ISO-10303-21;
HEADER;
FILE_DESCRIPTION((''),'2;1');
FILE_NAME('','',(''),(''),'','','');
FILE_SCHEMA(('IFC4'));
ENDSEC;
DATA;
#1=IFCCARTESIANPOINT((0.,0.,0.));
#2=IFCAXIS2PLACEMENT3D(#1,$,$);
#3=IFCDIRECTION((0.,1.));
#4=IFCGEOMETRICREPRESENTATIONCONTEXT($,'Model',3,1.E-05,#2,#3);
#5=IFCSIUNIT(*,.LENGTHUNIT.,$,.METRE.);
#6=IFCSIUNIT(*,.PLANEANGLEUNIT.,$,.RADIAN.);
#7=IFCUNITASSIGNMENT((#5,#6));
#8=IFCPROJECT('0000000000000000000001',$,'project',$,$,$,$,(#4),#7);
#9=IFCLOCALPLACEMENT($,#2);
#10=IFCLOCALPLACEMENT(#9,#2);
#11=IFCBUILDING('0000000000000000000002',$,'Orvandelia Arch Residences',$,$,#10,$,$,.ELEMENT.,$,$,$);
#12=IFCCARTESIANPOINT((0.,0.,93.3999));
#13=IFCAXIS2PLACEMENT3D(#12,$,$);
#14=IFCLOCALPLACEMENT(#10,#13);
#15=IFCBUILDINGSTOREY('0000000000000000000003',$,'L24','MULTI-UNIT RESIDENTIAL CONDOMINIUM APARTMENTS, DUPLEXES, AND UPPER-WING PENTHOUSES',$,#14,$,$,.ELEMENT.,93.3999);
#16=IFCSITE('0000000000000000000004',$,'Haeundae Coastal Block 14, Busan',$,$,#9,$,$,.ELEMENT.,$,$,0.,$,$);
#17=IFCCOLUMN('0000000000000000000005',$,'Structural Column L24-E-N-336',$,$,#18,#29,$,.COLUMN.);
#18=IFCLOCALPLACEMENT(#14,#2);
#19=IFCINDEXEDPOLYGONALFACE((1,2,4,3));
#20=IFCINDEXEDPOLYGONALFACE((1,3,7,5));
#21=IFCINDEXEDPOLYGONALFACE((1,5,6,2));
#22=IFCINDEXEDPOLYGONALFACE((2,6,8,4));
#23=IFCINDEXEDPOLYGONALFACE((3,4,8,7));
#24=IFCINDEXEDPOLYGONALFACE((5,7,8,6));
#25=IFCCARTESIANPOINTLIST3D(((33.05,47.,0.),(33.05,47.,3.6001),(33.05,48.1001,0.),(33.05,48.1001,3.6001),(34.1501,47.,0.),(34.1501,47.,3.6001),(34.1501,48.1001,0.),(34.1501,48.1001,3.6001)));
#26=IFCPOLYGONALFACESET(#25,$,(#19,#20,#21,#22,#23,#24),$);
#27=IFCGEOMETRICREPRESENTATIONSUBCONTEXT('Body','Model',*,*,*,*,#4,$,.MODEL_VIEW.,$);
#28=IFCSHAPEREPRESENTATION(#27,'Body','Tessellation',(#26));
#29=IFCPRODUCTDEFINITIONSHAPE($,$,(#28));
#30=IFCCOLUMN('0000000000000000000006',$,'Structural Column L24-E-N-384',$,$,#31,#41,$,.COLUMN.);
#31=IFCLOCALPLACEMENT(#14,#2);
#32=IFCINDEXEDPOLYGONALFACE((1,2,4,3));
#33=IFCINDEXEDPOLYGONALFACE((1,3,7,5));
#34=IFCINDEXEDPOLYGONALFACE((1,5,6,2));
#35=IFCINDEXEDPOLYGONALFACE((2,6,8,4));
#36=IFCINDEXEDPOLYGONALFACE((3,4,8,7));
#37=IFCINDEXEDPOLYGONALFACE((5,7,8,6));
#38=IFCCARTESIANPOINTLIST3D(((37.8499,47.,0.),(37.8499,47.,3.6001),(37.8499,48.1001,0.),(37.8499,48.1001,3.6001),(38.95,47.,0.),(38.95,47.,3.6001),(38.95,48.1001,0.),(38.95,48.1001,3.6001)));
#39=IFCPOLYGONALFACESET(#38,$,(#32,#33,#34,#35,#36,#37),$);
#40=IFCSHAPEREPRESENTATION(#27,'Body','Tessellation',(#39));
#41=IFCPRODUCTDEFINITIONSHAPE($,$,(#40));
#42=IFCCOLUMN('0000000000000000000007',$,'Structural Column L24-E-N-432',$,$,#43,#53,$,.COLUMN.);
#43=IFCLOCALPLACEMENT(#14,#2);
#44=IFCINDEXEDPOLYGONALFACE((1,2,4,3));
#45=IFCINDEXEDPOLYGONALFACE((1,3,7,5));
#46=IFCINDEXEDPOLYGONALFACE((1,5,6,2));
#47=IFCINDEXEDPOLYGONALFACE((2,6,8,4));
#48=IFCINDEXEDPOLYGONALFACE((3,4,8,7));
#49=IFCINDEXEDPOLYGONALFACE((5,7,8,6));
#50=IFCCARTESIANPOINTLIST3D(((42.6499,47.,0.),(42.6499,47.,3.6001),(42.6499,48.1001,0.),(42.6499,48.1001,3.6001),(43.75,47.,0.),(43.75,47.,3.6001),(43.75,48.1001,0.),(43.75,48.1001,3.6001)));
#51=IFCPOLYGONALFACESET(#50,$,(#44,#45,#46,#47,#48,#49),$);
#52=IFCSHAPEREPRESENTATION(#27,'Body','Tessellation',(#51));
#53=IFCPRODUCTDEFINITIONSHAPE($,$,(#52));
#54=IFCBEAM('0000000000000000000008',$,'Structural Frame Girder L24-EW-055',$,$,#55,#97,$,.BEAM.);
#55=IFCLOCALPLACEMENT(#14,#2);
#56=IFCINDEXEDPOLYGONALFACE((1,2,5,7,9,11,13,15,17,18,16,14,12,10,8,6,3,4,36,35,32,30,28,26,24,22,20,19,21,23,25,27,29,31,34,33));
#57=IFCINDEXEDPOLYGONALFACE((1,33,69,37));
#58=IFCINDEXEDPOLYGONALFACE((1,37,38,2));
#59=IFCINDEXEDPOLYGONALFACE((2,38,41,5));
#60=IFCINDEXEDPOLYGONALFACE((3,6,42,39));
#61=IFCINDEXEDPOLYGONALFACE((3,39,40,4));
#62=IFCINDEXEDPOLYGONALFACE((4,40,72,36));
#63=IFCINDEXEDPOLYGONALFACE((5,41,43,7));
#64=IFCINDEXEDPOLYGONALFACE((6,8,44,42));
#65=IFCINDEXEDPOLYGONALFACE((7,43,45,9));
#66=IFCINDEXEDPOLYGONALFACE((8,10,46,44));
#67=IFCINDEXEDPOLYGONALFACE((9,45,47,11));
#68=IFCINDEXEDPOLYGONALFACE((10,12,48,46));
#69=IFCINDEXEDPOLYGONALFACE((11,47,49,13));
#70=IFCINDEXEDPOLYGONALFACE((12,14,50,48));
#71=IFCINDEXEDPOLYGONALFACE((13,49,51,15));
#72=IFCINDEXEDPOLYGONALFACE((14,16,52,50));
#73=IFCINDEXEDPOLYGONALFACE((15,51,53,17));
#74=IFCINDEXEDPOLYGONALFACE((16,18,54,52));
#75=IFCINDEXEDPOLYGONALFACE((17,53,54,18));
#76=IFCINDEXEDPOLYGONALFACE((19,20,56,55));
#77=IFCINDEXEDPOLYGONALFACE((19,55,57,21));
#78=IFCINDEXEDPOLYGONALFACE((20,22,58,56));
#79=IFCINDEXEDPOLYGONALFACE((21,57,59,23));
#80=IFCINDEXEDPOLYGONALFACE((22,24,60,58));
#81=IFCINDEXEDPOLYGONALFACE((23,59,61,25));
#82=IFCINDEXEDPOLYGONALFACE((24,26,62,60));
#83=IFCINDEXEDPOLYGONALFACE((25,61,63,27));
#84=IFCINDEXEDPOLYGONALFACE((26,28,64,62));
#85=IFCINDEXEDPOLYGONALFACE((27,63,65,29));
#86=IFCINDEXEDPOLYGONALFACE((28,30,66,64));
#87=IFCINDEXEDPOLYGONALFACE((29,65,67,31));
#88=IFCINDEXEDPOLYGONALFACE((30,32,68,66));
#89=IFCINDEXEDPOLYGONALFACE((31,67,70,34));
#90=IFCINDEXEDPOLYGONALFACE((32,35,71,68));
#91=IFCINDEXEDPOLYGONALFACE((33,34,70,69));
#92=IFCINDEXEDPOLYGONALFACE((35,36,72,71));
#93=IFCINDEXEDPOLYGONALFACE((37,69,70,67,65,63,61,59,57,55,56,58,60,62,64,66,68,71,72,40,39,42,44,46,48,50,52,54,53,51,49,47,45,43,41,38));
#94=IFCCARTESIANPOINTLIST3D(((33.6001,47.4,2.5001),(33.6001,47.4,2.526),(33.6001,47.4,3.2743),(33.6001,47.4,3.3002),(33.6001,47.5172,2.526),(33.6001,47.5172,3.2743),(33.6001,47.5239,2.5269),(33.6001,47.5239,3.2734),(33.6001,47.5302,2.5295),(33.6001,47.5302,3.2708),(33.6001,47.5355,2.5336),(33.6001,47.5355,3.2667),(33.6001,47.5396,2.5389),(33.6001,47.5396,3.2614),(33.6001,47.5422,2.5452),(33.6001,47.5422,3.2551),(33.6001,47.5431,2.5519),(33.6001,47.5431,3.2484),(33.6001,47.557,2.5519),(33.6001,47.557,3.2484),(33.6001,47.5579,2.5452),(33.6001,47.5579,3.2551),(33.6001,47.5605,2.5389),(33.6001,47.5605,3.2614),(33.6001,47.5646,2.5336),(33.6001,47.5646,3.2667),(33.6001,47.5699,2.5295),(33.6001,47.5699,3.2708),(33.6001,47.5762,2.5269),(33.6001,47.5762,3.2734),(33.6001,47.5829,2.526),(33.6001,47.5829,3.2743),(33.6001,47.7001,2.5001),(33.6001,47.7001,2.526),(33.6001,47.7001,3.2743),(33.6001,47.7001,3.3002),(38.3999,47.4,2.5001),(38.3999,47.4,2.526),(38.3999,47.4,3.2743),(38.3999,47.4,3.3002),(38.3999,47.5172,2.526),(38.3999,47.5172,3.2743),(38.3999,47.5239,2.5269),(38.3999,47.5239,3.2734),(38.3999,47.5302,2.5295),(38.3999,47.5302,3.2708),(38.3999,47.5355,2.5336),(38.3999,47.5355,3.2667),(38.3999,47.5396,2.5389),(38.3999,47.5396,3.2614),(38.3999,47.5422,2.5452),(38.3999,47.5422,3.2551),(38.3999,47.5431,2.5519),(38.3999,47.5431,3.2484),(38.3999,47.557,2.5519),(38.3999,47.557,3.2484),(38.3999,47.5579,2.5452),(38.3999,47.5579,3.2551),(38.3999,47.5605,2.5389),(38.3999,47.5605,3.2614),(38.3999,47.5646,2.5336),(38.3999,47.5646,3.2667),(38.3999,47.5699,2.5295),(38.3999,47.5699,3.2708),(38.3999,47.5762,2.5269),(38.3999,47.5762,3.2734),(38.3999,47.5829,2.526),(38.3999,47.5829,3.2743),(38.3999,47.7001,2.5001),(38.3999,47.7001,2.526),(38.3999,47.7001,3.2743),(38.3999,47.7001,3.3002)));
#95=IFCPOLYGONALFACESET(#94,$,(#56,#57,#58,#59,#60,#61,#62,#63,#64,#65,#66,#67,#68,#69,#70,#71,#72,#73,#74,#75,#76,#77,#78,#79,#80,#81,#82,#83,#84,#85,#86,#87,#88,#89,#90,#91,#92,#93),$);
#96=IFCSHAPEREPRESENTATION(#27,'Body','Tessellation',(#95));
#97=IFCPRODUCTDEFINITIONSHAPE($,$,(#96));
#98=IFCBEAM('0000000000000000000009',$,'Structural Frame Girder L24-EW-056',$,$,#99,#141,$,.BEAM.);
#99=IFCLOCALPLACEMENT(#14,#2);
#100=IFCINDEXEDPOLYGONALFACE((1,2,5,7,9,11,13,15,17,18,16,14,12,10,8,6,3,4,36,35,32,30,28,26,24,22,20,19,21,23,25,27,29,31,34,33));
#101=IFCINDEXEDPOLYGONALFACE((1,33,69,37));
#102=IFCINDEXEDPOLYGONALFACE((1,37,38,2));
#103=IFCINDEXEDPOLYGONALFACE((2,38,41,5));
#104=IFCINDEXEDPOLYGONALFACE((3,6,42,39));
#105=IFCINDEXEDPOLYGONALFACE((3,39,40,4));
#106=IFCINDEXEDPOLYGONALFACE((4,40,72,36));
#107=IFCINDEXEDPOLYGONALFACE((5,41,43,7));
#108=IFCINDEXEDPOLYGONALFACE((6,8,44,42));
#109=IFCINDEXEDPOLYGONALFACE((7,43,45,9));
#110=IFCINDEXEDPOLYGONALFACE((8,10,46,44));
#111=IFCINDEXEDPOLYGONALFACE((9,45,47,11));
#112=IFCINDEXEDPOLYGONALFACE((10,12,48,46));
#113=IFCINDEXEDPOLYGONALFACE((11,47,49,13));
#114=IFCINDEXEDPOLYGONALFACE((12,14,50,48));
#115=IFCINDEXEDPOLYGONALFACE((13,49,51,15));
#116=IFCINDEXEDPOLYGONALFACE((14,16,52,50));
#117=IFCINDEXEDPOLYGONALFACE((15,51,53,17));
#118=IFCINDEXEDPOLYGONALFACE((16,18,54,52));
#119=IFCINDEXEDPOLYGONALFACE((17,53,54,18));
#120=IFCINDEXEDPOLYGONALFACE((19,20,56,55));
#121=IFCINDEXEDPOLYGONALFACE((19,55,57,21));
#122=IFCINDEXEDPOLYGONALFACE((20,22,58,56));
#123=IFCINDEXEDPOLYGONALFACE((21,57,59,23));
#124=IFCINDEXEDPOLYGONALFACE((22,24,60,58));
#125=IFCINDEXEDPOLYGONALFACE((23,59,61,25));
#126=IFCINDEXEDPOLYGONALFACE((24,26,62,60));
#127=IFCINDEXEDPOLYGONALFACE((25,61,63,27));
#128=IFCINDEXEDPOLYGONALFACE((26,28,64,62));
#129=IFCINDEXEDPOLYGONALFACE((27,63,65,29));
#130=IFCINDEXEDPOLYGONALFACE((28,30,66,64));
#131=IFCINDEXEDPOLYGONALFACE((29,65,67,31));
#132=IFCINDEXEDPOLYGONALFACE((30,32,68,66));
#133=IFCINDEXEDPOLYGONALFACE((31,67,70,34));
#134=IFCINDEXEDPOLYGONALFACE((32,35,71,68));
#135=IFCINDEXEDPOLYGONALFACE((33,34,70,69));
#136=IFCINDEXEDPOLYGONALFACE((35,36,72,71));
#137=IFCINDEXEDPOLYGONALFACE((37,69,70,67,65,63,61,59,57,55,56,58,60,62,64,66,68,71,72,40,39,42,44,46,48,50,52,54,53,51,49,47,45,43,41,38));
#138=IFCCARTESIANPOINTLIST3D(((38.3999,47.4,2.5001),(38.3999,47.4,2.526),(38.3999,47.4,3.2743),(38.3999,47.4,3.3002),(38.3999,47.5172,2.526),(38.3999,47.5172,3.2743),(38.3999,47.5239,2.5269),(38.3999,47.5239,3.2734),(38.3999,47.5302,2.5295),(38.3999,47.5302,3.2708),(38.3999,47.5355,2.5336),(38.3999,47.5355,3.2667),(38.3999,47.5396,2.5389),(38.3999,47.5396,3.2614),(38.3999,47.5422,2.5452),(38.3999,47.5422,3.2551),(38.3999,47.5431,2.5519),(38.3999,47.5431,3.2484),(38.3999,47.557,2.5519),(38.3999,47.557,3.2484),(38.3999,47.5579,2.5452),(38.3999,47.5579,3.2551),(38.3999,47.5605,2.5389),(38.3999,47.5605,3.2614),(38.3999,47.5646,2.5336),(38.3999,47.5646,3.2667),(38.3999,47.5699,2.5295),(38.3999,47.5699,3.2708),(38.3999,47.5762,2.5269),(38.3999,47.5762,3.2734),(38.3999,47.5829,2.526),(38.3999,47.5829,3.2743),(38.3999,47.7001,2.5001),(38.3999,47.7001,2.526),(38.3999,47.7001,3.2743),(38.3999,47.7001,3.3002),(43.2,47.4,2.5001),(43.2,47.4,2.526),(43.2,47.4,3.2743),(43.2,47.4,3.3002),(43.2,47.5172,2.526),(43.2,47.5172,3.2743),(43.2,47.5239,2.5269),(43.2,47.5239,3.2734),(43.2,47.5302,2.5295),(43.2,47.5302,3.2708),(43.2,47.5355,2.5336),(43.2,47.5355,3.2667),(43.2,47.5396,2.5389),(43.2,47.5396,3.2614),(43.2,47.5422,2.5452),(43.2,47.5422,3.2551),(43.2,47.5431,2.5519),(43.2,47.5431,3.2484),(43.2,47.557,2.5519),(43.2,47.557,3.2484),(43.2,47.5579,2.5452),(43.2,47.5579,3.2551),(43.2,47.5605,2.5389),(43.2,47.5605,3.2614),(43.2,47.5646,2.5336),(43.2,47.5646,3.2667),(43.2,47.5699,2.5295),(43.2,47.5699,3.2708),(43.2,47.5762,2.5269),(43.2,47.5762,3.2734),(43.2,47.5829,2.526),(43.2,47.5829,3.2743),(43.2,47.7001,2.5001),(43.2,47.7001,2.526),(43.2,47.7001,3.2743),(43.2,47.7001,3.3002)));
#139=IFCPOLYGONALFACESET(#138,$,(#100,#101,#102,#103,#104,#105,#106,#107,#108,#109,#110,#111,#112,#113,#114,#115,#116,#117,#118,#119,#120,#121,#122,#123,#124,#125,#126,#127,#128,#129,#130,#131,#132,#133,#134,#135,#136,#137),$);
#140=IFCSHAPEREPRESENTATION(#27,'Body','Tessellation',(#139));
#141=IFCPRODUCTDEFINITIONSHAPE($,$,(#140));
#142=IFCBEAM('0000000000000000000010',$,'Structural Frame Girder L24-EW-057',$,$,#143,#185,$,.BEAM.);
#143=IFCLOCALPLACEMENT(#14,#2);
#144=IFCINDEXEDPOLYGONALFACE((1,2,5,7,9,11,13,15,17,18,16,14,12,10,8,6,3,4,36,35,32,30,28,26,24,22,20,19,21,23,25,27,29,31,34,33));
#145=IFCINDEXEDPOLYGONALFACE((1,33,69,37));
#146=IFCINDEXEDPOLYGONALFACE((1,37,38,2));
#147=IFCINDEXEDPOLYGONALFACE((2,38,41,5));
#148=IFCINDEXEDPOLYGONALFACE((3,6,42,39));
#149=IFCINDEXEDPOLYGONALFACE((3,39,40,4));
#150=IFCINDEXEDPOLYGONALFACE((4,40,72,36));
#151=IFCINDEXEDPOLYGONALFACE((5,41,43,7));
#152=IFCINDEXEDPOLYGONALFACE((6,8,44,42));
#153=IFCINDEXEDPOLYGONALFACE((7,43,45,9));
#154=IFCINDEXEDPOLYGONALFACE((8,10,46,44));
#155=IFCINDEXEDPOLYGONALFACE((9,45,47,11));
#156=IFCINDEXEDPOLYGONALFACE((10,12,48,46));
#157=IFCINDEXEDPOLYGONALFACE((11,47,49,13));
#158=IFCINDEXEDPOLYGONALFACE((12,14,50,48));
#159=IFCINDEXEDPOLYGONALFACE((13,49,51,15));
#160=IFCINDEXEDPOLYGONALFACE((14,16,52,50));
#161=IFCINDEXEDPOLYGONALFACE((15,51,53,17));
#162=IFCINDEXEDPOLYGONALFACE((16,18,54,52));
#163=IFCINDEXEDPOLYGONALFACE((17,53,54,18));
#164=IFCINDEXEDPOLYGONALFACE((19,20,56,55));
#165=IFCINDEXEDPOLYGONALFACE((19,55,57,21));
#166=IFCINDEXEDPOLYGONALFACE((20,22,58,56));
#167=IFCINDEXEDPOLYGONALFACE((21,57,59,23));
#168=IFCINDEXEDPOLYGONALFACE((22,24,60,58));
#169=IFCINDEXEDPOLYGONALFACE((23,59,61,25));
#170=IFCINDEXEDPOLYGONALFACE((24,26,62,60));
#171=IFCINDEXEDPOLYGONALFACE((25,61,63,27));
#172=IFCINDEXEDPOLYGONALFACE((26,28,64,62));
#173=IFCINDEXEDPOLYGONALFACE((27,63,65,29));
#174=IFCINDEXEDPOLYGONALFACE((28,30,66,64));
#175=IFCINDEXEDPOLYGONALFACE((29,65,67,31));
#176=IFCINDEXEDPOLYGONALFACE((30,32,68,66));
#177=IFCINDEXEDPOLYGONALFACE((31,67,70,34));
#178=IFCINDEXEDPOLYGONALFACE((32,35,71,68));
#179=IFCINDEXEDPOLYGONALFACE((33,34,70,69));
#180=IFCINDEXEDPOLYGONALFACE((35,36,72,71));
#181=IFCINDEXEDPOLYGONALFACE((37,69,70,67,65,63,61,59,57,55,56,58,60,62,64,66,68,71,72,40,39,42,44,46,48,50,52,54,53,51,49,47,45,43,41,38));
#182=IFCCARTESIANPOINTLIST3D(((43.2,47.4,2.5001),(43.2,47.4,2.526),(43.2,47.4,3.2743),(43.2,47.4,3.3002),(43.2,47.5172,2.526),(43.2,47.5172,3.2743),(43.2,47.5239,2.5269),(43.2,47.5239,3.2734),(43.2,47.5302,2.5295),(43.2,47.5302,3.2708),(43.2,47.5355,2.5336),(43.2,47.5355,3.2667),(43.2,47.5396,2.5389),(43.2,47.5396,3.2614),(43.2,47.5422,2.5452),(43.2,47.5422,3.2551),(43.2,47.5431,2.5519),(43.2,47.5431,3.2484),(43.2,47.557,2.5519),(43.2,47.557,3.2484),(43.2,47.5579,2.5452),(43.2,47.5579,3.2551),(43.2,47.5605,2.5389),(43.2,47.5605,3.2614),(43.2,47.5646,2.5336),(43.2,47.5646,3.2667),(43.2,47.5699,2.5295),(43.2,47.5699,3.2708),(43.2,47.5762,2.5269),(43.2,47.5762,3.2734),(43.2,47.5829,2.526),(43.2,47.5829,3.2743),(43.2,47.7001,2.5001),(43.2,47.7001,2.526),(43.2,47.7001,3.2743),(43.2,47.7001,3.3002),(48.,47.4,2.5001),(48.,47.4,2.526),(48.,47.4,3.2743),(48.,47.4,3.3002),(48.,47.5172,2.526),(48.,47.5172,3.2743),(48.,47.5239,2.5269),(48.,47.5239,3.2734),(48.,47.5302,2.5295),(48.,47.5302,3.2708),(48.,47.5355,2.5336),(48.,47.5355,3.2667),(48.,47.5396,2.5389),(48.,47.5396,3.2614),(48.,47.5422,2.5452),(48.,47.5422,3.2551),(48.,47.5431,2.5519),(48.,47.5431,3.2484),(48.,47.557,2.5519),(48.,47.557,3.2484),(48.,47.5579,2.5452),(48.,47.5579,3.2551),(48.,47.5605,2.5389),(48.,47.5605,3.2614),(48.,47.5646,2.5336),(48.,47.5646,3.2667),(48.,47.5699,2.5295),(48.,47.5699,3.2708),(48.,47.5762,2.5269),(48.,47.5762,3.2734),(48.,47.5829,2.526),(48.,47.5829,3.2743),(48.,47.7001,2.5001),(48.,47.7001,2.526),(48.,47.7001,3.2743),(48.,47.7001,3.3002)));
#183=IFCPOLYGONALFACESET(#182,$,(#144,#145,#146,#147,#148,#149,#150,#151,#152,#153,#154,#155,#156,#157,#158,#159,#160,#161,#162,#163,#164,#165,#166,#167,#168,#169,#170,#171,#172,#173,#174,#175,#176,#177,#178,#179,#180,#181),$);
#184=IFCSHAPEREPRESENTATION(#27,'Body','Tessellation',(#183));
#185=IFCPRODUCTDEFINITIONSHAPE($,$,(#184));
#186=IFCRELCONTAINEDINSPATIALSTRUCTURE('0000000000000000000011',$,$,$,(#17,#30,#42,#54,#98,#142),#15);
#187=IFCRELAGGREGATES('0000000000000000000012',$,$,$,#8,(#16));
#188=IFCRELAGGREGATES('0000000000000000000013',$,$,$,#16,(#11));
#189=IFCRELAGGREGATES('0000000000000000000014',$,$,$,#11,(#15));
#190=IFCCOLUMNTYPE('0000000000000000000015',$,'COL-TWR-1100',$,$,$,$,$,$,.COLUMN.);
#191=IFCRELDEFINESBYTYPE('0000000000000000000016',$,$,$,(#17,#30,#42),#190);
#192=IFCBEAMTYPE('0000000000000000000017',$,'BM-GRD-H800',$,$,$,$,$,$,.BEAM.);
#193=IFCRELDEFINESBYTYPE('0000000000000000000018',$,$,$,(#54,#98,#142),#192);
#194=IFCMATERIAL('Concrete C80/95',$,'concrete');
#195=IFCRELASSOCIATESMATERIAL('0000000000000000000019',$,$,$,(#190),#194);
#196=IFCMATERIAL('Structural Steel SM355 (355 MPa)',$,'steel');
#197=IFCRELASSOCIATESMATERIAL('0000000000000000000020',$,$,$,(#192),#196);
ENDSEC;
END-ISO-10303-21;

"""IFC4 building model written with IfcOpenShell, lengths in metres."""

from ifc_helpers import new_model, si_unit, direction, frame, origin, origin_2d, place, context, subcontext, project, spatial, rectangle, i_section, extrude, material, material_profile, profile_set, type_object, element, save


model = new_model("IFC4")

# Units and contexts
model_context = context("Model", 3, precision=1e-05, world=origin(), true_north=direction((0.0, 1.0)))
body_context = subcontext(model_context, "Body", "Model", "MODEL_VIEW")
ifc_project = project(units=[si_unit("LENGTHUNIT", "METRE"), si_unit("PLANEANGLEUNIT", "RADIAN")], contexts=[model_context])

# Site, building, storey
site_placement = place(None, origin())
site = spatial("IfcSite", under=ifc_project, at=site_placement, Name="Haeundae Coastal Block 14, Busan", CompositionType="ELEMENT", RefElevation=0.0)
building_placement = place(site_placement, origin())
building = spatial("IfcBuilding", under=site, at=building_placement, Name="Orvandelia Arch Residences", CompositionType="ELEMENT")
storey_placement = place(building_placement, frame((0.0, 0.0, 93.3999)))
storey = spatial("IfcBuildingStorey", under=building, at=storey_placement, Name="L24", Description="MULTI-UNIT RESIDENTIAL CONDOMINIUM APARTMENTS, DUPLEXES, AND UPPER-WING PENTHOUSES", CompositionType="ELEMENT", Elevation=93.3999)

# Columns
ifc_material_1 = material(Name="Concrete C80/95", Category="concrete")
ifc_material_profile_1 = material_profile(ifc_material_1, rectangle(XDim=1.1001, YDim=1.1001, at=origin_2d()), Name="Concrete C80/95", Category="concrete")
ifc_profile_set_1 = profile_set([ifc_material_profile_1], Name="Concrete C80/95")
column_type = type_object("IfcColumnType", Name="COL-TWR-1100", PredefinedType="COLUMN", material=ifc_profile_set_1)
for number, where, z_axis, x_axis, name in (
    (1, (33.6001, 47.55, 0.0), (0.0, 0.0, 1.0), (1.0, 0.0, 0.0), "Structural Column L24-E-N-336"),
    (2, (38.3999, 47.55, 0.0), (0.0, 0.0, 1.0), (1.0, 0.0, 0.0), "Structural Column L24-E-N-384"),
    (3, (43.2, 47.55, 0.0), (0.0, 0.0, 1.0), (1.0, 0.0, 0.0), "Structural Column L24-E-N-432"),
):
    element("IfcColumn", number, at=place(storey_placement, frame(where, z_axis=z_axis, x_axis=x_axis)), inside=storey, type_object=column_type, Name=name, PredefinedType="COLUMN", context=body_context, shape_type="SweptSolid", body=[
        extrude(rectangle(XDim=1.1001, YDim=1.1001, at=origin_2d()), origin(), (0.0, 0.0, 1.0), 3.6001),
    ])

# Beams
ifc_material_2 = material(Name="Structural Steel SM355 (355 MPa)", Category="steel")
ifc_material_profile_2 = material_profile(ifc_material_2, i_section(OverallWidth=0.3, OverallDepth=0.8, WebThickness=0.0139, FlangeThickness=0.0259, FilletRadius=0.0259, at=origin_2d()), Name="Structural Steel SM355 (355 MPa)", Category="steel")
ifc_profile_set_2 = profile_set([ifc_material_profile_2], Name="Structural Steel SM355 (355 MPa)")
beam_type = type_object("IfcBeamType", Name="BM-GRD-H800", PredefinedType="BEAM", material=ifc_profile_set_2)
beam_placement = place(storey_placement, frame((33.6001, 47.55, 2.9001), z_axis=(1.0, 0.0, 0.0), x_axis=(0.0, 1.0, 0.0)))
element("IfcBeam", 4, at=beam_placement, inside=storey, type_object=beam_type, Name="Structural Frame Girder L24-EW-055", PredefinedType="BEAM", context=body_context, shape_type="SweptSolid", body=[
    extrude(i_section(OverallWidth=0.3, OverallDepth=0.8, WebThickness=0.0139, FlangeThickness=0.0259, FilletRadius=0.0259, at=origin_2d()), origin(), (0.0, 0.0, 1.0), 4.7998),
])
for number, where, z_axis, x_axis, name in (
    (5, (38.3999, 47.55, 2.9001), (1.0, 0.0, 0.0), (0.0, 1.0, 0.0), "Structural Frame Girder L24-EW-056"),
    (6, (43.2, 47.55, 2.9001), (1.0, 0.0, 0.0), (0.0, 1.0, 0.0), "Structural Frame Girder L24-EW-057"),
):
    element("IfcBeam", number, at=place(storey_placement, frame(where, z_axis=z_axis, x_axis=x_axis)), inside=storey, type_object=beam_type, Name=name, PredefinedType="BEAM", context=body_context, shape_type="SweptSolid", body=[
        extrude(i_section(OverallWidth=0.3, OverallDepth=0.8, WebThickness=0.0139, FlangeThickness=0.0259, FilletRadius=0.0259, at=origin_2d()), origin(), (0.0, 0.0, 1.0), 4.8),
    ])

save(model, "model.ifc")
